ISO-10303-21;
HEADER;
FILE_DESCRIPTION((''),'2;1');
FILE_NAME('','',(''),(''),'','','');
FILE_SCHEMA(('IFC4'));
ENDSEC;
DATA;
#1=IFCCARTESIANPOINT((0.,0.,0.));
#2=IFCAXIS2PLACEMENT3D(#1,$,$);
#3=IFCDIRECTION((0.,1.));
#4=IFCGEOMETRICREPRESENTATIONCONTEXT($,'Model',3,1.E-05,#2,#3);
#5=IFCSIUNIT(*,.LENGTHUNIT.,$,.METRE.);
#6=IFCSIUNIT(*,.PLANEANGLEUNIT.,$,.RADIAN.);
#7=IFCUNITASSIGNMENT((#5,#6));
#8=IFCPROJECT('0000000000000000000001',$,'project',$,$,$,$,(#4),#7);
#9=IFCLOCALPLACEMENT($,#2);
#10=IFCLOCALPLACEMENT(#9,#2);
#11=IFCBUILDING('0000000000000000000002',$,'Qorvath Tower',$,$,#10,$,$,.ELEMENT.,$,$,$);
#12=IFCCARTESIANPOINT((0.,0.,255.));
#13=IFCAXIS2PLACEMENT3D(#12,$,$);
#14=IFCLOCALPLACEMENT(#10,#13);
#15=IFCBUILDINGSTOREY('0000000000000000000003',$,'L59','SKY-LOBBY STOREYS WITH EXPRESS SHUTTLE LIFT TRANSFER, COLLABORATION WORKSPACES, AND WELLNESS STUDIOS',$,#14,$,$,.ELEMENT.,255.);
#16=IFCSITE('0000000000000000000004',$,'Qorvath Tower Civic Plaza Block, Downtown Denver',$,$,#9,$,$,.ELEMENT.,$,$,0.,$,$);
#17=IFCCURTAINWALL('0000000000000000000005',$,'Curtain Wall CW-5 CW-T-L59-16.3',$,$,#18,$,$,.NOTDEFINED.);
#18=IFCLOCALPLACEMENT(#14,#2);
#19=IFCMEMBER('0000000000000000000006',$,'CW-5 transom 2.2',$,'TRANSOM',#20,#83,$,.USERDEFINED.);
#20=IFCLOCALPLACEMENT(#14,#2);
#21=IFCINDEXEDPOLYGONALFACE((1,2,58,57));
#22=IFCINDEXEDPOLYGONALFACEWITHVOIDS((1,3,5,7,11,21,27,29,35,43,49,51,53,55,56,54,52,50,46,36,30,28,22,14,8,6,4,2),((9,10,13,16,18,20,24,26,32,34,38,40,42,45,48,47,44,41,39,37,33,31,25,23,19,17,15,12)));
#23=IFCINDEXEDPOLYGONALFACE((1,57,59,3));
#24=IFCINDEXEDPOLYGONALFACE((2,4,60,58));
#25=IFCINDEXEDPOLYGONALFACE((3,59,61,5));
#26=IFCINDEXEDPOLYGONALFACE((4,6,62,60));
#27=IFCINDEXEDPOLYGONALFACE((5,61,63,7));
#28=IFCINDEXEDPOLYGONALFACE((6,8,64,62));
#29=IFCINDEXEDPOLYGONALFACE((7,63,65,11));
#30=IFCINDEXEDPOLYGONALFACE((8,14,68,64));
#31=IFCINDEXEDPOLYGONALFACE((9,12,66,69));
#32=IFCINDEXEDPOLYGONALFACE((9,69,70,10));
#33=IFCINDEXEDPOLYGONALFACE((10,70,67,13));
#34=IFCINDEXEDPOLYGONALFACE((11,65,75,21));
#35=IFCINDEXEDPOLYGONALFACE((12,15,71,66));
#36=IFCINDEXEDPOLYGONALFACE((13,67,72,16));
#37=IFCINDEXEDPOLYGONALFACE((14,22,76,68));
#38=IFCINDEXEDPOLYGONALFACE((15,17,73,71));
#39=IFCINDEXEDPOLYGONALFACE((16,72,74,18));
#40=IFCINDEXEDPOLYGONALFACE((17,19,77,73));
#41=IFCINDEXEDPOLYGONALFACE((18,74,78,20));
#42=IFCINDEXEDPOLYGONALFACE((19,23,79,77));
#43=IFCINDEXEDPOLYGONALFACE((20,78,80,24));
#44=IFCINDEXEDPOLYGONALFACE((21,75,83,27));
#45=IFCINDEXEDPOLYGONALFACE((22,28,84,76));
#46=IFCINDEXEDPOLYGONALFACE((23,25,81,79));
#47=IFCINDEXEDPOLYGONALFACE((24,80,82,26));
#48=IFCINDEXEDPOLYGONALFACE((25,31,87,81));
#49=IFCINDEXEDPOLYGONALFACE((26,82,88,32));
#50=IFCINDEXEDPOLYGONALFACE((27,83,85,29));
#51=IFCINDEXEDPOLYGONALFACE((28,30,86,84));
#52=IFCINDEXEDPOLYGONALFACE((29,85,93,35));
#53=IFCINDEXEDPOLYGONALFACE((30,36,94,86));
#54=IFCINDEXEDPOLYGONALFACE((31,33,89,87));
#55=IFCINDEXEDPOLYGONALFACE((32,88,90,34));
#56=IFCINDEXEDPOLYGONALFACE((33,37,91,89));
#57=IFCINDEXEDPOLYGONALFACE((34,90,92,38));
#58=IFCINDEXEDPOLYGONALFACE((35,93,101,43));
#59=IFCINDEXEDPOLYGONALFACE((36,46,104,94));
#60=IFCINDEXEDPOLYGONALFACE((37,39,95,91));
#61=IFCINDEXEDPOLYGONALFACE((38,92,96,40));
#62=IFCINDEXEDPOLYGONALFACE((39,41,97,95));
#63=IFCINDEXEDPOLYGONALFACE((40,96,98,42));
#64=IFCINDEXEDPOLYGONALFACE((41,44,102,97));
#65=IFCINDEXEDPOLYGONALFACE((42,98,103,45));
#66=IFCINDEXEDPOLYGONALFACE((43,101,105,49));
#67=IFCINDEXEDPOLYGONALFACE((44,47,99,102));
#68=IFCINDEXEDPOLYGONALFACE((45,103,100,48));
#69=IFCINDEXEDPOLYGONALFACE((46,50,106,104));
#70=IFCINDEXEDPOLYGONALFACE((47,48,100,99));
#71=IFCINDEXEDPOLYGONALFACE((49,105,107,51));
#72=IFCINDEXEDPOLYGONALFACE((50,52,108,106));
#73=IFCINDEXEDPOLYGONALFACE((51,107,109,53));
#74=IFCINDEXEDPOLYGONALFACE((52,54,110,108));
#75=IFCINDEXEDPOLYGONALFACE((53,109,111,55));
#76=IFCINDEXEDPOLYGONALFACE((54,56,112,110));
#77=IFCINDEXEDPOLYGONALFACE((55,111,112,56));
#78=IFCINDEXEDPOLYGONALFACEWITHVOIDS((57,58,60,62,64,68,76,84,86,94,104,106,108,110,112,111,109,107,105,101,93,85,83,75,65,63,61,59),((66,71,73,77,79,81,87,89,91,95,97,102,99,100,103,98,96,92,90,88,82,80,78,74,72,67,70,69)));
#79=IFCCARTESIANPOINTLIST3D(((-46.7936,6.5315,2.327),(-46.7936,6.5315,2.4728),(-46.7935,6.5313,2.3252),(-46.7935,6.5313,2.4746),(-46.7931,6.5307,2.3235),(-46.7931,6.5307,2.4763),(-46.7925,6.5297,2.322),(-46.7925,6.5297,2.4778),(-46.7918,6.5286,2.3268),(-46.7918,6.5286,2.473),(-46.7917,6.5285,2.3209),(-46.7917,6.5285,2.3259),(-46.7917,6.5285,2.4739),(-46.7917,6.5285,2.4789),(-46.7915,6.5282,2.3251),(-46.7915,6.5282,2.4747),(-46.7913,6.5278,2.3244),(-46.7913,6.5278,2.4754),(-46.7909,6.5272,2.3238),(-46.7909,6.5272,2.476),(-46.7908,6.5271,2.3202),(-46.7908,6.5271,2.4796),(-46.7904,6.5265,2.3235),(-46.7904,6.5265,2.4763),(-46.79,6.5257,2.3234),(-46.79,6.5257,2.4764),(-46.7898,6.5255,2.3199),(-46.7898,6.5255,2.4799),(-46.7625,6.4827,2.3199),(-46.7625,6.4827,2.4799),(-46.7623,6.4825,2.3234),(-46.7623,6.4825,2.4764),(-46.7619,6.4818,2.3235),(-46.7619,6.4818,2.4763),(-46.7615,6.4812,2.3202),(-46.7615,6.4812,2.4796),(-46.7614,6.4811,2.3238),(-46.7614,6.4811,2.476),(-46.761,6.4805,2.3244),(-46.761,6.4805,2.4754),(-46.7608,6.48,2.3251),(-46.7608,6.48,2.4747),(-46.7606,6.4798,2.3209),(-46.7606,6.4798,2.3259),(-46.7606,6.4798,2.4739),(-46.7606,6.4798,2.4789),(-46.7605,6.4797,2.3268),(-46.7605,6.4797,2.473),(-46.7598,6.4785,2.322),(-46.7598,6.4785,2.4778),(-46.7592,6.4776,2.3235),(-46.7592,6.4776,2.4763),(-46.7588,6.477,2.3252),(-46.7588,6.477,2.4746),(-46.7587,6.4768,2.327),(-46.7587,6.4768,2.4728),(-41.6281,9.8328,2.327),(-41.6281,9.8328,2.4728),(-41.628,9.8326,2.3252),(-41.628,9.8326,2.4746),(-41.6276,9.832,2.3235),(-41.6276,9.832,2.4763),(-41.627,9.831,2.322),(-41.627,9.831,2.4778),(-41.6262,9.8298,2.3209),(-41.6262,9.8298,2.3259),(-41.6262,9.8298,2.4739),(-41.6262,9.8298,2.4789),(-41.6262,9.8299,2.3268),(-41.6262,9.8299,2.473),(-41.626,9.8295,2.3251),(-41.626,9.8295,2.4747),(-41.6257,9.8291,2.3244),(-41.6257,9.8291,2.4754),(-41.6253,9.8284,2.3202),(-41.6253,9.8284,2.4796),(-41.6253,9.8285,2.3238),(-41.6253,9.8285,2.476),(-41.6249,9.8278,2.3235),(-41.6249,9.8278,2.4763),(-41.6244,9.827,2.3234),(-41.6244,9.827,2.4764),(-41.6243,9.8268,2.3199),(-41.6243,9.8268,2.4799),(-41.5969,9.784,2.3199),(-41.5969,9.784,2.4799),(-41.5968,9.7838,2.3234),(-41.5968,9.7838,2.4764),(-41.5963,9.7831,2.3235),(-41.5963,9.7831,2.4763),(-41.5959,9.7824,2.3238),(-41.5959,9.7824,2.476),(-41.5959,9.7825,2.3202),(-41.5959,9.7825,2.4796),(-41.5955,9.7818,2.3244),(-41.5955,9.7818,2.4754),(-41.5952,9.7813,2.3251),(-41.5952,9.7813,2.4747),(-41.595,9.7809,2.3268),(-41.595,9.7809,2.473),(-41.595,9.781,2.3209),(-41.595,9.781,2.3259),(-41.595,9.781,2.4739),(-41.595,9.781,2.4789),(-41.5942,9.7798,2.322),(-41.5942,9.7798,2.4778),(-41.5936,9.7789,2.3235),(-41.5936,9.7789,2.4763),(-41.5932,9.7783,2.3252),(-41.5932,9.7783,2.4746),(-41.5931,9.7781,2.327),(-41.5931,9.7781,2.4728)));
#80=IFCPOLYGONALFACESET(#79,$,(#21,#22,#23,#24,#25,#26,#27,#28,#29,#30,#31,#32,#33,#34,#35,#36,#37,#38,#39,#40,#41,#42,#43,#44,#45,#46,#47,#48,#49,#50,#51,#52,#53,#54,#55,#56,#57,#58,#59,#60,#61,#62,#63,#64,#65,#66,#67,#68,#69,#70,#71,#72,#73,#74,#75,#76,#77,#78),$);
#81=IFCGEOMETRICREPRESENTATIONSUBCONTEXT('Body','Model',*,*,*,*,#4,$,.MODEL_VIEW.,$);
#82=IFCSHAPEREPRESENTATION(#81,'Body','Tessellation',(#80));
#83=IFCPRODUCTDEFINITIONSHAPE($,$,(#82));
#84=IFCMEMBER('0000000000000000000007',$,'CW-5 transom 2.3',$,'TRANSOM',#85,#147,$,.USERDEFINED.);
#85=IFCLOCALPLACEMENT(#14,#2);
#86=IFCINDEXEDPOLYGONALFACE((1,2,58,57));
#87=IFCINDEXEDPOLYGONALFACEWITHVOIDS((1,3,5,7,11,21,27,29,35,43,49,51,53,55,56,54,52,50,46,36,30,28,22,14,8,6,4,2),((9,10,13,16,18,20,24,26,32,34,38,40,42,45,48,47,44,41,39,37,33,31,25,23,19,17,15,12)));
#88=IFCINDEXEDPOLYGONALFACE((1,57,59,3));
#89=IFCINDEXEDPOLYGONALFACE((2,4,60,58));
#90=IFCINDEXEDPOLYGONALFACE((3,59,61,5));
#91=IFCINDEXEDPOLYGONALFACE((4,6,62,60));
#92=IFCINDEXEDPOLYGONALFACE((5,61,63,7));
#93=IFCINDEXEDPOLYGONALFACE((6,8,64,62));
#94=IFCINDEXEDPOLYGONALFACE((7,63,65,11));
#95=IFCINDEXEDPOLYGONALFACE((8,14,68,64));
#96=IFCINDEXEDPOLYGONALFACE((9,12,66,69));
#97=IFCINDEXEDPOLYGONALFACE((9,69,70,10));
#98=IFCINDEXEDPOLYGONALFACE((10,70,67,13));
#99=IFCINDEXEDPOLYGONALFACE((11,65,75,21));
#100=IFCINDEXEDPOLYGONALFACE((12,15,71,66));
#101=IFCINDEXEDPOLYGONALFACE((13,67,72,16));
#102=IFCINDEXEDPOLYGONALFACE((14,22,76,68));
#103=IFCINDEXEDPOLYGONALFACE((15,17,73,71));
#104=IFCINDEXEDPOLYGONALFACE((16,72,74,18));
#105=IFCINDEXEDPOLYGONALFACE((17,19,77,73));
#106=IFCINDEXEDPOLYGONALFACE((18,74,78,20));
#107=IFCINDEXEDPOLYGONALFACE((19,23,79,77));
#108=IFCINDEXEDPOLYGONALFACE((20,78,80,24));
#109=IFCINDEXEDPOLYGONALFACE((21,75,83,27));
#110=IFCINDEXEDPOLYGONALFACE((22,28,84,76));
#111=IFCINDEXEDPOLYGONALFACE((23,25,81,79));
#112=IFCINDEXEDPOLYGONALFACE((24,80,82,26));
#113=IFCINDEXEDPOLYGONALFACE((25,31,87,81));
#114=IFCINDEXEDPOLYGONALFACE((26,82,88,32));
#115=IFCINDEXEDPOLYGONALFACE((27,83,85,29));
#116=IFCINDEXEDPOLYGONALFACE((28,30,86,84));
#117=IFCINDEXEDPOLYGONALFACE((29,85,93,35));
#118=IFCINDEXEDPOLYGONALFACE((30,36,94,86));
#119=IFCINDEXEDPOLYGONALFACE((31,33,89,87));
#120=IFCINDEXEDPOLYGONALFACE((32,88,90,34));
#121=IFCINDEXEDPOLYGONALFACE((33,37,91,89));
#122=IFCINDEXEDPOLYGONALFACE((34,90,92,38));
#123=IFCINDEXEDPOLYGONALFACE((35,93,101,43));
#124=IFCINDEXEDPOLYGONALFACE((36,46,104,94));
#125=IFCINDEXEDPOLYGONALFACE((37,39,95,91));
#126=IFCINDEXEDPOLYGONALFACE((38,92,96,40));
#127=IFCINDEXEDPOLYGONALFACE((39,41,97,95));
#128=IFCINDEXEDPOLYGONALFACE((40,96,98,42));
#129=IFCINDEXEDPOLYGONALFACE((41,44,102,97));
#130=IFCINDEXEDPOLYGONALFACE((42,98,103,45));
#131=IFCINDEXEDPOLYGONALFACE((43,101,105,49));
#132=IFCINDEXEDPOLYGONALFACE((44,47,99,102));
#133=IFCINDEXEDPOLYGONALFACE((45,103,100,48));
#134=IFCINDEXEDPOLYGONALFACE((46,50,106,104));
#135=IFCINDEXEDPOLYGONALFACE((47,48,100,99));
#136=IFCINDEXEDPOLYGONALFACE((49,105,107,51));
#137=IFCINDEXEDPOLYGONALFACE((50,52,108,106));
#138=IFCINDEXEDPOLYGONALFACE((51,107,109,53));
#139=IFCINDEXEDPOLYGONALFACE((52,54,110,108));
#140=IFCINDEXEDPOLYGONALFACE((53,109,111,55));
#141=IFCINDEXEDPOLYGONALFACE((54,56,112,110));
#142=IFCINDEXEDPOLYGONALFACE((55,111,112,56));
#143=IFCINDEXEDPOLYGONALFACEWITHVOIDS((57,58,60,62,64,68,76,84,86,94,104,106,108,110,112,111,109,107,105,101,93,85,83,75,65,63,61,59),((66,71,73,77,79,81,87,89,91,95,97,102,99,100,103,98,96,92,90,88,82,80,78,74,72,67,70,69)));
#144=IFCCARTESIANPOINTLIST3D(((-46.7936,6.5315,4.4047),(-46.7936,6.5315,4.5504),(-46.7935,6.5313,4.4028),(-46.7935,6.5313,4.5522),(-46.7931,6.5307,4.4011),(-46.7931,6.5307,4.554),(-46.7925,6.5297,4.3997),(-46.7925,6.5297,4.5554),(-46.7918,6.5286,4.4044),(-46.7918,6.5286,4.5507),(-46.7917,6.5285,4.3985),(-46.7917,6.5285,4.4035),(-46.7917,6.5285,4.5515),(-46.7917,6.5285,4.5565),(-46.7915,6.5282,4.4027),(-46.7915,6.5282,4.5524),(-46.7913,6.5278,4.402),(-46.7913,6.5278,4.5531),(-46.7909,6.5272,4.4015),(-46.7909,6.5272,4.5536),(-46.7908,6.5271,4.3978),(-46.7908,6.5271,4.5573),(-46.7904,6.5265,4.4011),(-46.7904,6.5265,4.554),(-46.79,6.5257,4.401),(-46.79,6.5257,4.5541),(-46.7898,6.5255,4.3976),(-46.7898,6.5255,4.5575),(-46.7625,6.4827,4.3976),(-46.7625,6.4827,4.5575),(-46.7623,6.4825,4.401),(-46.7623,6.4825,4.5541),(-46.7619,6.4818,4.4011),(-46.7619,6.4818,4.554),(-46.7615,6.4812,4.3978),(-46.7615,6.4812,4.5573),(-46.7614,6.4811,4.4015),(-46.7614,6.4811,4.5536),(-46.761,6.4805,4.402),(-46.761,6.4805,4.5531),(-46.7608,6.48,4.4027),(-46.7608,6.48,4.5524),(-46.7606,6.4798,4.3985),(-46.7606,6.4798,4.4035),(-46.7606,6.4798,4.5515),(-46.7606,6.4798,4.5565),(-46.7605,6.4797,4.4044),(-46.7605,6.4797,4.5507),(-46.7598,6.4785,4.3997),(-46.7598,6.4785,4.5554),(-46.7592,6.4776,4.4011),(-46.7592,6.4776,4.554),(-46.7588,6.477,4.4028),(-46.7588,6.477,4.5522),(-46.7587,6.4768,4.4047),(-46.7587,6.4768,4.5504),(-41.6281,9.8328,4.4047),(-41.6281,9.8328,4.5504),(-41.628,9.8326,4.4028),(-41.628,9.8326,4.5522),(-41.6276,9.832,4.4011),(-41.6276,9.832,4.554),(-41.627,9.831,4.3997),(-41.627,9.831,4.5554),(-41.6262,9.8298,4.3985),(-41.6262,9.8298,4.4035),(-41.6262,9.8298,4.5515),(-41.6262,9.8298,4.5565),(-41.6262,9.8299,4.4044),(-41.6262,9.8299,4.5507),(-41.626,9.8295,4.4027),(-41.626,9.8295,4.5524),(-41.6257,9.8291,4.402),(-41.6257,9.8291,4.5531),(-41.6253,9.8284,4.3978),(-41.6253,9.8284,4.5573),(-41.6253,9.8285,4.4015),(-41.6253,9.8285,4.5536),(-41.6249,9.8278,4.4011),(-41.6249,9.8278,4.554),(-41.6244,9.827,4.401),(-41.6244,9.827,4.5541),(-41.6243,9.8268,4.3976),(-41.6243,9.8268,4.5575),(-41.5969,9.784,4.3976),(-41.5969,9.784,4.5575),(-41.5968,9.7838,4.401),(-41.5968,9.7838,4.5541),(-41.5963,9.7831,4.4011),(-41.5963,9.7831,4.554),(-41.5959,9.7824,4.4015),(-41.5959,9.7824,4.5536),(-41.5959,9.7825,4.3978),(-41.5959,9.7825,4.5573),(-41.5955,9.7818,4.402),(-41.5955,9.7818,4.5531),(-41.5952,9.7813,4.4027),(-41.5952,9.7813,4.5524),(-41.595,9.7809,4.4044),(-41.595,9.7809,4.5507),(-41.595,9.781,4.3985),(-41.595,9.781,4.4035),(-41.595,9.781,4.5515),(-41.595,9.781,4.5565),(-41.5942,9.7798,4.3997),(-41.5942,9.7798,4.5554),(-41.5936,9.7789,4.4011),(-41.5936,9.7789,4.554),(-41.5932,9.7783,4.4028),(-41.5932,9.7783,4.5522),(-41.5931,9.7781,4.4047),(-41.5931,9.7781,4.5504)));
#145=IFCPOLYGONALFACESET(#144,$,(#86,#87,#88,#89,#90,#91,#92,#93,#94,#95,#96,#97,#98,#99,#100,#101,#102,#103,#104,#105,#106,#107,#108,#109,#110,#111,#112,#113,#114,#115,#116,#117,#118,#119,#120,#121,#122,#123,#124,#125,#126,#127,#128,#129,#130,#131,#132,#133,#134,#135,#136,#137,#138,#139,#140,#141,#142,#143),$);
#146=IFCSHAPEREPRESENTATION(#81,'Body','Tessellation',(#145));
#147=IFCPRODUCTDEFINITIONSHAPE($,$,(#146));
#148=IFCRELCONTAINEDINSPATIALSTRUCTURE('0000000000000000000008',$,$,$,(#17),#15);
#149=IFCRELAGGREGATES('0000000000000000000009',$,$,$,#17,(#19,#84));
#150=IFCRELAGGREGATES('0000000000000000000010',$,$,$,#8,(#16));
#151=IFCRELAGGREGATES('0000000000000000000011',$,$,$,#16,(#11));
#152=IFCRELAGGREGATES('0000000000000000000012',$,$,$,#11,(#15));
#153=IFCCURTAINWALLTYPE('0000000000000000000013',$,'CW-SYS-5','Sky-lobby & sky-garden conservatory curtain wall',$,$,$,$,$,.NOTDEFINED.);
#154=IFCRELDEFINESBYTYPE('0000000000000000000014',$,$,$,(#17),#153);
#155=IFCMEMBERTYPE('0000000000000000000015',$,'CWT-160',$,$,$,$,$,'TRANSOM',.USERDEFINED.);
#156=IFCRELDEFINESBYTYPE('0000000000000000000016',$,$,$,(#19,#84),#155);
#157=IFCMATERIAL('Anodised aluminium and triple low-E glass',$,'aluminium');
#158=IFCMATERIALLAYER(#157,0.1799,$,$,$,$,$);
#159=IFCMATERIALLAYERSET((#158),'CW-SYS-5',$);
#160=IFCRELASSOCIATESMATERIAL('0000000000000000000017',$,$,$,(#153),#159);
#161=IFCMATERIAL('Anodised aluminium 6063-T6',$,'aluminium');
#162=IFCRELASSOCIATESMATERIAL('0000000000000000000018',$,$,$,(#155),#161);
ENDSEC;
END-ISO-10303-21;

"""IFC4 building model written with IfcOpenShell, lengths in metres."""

from ifc_helpers import new_model, si_unit, direction, frame, origin, origin_2d, place, context, subcontext, project, spatial, hollow_rectangle, extrude, material, layer, layer_set, material_profile, profile_set, type_object, element, aggregate, save


model = new_model("IFC4")

# Units and contexts
model_context = context("Model", 3, precision=1e-05, world=origin(), true_north=direction((0.0, 1.0)))
body_context = subcontext(model_context, "Body", "Model", "MODEL_VIEW")
ifc_project = project(units=[si_unit("LENGTHUNIT", "METRE"), si_unit("PLANEANGLEUNIT", "RADIAN")], contexts=[model_context])

# Site, building, storey
site_placement = place(None, origin())
site = spatial("IfcSite", under=ifc_project, at=site_placement, Name="Qorvath Tower Civic Plaza Block, Downtown Denver", CompositionType="ELEMENT", RefElevation=0.0)
building_placement = place(site_placement, origin())
building = spatial("IfcBuilding", under=site, at=building_placement, Name="Qorvath Tower", CompositionType="ELEMENT")
storey_placement = place(building_placement, frame((0.0, 0.0, 255.0)))
storey = spatial("IfcBuildingStorey", under=building, at=storey_placement, Name="L59", Description="SKY-LOBBY STOREYS WITH EXPRESS SHUTTLE LIFT TRANSFER, COLLABORATION WORKSPACES, AND WELLNESS STUDIOS", CompositionType="ELEMENT", Elevation=255.0)

# Curtain wall, members
ifc_material_1 = material(Name="Anodised aluminium and triple low-E glass", Category="aluminium")
ifc_layer_1 = layer(ifc_material_1, 0.1799)
ifc_layer_set_1 = layer_set([ifc_layer_1], Name="CW-SYS-5")
curtain_wall_type = type_object("IfcCurtainWallType", Name="CW-SYS-5", Description="Sky-lobby & sky-garden conservatory curtain wall", PredefinedType="NOTDEFINED", material=ifc_layer_set_1)
curtain_wall_placement = place(storey_placement, origin())
curtain_wall = element("IfcCurtainWall", 1, at=curtain_wall_placement, inside=storey, type_object=curtain_wall_type, Name="Curtain Wall CW-5 CW-T-L59-16.3", PredefinedType="NOTDEFINED")
ifc_material_2 = material(Name="Anodised aluminium 6063-T6", Category="aluminium")
ifc_material_profile_1 = material_profile(ifc_material_2, hollow_rectangle(XDim=0.0649, YDim=0.1599, WallThickness=0.0034, InnerFilletRadius=0.0034, OuterFilletRadius=0.0071, at=origin_2d()), Name="CWT 160x65")
ifc_profile_set_1 = profile_set([ifc_material_profile_1], Name="Anodised aluminium 6063-T6")
member_type_1 = type_object("IfcMemberType", Name="CWT-160", ElementType="TRANSOM", PredefinedType="USERDEFINED", material=ifc_profile_set_1)
member_1_placement = place(storey_placement, frame((-41.6106, 9.8054, 2.3999), z_axis=(-0.842617, -0.538513, 0.0), x_axis=(0.538513, -0.842617, 0.0)))
member_1 = element("IfcMember", 2, at=member_1_placement, type_object=member_type_1, Name="CW-5 transom 2.2", ObjectType="TRANSOM", PredefinedType="USERDEFINED", context=body_context, shape_type="SweptSolid", body=[
    extrude(hollow_rectangle(XDim=0.0649, YDim=0.1599, WallThickness=0.0034, InnerFilletRadius=0.0034, OuterFilletRadius=0.0071, at=origin_2d()), origin(), (0.0, 0.0, 1.0), 6.1304),
])
member_2_placement = place(storey_placement, frame((-41.6106, 9.8054, 4.4775), z_axis=(-0.842617, -0.538513, 0.0), x_axis=(0.538513, -0.842617, 0.0)))
member_2 = element("IfcMember", 3, at=member_2_placement, type_object=member_type_1, Name="CW-5 transom 2.3", ObjectType="TRANSOM", PredefinedType="USERDEFINED", context=body_context, shape_type="SweptSolid", body=[
    extrude(hollow_rectangle(XDim=0.0649, YDim=0.1599, WallThickness=0.0034, InnerFilletRadius=0.0034, OuterFilletRadius=0.0071, at=origin_2d()), origin(), (0.0, 0.0, 1.0), 6.1304),
])
aggregate(curtain_wall, [member_1, member_2])

save(model, "model.ifc")
